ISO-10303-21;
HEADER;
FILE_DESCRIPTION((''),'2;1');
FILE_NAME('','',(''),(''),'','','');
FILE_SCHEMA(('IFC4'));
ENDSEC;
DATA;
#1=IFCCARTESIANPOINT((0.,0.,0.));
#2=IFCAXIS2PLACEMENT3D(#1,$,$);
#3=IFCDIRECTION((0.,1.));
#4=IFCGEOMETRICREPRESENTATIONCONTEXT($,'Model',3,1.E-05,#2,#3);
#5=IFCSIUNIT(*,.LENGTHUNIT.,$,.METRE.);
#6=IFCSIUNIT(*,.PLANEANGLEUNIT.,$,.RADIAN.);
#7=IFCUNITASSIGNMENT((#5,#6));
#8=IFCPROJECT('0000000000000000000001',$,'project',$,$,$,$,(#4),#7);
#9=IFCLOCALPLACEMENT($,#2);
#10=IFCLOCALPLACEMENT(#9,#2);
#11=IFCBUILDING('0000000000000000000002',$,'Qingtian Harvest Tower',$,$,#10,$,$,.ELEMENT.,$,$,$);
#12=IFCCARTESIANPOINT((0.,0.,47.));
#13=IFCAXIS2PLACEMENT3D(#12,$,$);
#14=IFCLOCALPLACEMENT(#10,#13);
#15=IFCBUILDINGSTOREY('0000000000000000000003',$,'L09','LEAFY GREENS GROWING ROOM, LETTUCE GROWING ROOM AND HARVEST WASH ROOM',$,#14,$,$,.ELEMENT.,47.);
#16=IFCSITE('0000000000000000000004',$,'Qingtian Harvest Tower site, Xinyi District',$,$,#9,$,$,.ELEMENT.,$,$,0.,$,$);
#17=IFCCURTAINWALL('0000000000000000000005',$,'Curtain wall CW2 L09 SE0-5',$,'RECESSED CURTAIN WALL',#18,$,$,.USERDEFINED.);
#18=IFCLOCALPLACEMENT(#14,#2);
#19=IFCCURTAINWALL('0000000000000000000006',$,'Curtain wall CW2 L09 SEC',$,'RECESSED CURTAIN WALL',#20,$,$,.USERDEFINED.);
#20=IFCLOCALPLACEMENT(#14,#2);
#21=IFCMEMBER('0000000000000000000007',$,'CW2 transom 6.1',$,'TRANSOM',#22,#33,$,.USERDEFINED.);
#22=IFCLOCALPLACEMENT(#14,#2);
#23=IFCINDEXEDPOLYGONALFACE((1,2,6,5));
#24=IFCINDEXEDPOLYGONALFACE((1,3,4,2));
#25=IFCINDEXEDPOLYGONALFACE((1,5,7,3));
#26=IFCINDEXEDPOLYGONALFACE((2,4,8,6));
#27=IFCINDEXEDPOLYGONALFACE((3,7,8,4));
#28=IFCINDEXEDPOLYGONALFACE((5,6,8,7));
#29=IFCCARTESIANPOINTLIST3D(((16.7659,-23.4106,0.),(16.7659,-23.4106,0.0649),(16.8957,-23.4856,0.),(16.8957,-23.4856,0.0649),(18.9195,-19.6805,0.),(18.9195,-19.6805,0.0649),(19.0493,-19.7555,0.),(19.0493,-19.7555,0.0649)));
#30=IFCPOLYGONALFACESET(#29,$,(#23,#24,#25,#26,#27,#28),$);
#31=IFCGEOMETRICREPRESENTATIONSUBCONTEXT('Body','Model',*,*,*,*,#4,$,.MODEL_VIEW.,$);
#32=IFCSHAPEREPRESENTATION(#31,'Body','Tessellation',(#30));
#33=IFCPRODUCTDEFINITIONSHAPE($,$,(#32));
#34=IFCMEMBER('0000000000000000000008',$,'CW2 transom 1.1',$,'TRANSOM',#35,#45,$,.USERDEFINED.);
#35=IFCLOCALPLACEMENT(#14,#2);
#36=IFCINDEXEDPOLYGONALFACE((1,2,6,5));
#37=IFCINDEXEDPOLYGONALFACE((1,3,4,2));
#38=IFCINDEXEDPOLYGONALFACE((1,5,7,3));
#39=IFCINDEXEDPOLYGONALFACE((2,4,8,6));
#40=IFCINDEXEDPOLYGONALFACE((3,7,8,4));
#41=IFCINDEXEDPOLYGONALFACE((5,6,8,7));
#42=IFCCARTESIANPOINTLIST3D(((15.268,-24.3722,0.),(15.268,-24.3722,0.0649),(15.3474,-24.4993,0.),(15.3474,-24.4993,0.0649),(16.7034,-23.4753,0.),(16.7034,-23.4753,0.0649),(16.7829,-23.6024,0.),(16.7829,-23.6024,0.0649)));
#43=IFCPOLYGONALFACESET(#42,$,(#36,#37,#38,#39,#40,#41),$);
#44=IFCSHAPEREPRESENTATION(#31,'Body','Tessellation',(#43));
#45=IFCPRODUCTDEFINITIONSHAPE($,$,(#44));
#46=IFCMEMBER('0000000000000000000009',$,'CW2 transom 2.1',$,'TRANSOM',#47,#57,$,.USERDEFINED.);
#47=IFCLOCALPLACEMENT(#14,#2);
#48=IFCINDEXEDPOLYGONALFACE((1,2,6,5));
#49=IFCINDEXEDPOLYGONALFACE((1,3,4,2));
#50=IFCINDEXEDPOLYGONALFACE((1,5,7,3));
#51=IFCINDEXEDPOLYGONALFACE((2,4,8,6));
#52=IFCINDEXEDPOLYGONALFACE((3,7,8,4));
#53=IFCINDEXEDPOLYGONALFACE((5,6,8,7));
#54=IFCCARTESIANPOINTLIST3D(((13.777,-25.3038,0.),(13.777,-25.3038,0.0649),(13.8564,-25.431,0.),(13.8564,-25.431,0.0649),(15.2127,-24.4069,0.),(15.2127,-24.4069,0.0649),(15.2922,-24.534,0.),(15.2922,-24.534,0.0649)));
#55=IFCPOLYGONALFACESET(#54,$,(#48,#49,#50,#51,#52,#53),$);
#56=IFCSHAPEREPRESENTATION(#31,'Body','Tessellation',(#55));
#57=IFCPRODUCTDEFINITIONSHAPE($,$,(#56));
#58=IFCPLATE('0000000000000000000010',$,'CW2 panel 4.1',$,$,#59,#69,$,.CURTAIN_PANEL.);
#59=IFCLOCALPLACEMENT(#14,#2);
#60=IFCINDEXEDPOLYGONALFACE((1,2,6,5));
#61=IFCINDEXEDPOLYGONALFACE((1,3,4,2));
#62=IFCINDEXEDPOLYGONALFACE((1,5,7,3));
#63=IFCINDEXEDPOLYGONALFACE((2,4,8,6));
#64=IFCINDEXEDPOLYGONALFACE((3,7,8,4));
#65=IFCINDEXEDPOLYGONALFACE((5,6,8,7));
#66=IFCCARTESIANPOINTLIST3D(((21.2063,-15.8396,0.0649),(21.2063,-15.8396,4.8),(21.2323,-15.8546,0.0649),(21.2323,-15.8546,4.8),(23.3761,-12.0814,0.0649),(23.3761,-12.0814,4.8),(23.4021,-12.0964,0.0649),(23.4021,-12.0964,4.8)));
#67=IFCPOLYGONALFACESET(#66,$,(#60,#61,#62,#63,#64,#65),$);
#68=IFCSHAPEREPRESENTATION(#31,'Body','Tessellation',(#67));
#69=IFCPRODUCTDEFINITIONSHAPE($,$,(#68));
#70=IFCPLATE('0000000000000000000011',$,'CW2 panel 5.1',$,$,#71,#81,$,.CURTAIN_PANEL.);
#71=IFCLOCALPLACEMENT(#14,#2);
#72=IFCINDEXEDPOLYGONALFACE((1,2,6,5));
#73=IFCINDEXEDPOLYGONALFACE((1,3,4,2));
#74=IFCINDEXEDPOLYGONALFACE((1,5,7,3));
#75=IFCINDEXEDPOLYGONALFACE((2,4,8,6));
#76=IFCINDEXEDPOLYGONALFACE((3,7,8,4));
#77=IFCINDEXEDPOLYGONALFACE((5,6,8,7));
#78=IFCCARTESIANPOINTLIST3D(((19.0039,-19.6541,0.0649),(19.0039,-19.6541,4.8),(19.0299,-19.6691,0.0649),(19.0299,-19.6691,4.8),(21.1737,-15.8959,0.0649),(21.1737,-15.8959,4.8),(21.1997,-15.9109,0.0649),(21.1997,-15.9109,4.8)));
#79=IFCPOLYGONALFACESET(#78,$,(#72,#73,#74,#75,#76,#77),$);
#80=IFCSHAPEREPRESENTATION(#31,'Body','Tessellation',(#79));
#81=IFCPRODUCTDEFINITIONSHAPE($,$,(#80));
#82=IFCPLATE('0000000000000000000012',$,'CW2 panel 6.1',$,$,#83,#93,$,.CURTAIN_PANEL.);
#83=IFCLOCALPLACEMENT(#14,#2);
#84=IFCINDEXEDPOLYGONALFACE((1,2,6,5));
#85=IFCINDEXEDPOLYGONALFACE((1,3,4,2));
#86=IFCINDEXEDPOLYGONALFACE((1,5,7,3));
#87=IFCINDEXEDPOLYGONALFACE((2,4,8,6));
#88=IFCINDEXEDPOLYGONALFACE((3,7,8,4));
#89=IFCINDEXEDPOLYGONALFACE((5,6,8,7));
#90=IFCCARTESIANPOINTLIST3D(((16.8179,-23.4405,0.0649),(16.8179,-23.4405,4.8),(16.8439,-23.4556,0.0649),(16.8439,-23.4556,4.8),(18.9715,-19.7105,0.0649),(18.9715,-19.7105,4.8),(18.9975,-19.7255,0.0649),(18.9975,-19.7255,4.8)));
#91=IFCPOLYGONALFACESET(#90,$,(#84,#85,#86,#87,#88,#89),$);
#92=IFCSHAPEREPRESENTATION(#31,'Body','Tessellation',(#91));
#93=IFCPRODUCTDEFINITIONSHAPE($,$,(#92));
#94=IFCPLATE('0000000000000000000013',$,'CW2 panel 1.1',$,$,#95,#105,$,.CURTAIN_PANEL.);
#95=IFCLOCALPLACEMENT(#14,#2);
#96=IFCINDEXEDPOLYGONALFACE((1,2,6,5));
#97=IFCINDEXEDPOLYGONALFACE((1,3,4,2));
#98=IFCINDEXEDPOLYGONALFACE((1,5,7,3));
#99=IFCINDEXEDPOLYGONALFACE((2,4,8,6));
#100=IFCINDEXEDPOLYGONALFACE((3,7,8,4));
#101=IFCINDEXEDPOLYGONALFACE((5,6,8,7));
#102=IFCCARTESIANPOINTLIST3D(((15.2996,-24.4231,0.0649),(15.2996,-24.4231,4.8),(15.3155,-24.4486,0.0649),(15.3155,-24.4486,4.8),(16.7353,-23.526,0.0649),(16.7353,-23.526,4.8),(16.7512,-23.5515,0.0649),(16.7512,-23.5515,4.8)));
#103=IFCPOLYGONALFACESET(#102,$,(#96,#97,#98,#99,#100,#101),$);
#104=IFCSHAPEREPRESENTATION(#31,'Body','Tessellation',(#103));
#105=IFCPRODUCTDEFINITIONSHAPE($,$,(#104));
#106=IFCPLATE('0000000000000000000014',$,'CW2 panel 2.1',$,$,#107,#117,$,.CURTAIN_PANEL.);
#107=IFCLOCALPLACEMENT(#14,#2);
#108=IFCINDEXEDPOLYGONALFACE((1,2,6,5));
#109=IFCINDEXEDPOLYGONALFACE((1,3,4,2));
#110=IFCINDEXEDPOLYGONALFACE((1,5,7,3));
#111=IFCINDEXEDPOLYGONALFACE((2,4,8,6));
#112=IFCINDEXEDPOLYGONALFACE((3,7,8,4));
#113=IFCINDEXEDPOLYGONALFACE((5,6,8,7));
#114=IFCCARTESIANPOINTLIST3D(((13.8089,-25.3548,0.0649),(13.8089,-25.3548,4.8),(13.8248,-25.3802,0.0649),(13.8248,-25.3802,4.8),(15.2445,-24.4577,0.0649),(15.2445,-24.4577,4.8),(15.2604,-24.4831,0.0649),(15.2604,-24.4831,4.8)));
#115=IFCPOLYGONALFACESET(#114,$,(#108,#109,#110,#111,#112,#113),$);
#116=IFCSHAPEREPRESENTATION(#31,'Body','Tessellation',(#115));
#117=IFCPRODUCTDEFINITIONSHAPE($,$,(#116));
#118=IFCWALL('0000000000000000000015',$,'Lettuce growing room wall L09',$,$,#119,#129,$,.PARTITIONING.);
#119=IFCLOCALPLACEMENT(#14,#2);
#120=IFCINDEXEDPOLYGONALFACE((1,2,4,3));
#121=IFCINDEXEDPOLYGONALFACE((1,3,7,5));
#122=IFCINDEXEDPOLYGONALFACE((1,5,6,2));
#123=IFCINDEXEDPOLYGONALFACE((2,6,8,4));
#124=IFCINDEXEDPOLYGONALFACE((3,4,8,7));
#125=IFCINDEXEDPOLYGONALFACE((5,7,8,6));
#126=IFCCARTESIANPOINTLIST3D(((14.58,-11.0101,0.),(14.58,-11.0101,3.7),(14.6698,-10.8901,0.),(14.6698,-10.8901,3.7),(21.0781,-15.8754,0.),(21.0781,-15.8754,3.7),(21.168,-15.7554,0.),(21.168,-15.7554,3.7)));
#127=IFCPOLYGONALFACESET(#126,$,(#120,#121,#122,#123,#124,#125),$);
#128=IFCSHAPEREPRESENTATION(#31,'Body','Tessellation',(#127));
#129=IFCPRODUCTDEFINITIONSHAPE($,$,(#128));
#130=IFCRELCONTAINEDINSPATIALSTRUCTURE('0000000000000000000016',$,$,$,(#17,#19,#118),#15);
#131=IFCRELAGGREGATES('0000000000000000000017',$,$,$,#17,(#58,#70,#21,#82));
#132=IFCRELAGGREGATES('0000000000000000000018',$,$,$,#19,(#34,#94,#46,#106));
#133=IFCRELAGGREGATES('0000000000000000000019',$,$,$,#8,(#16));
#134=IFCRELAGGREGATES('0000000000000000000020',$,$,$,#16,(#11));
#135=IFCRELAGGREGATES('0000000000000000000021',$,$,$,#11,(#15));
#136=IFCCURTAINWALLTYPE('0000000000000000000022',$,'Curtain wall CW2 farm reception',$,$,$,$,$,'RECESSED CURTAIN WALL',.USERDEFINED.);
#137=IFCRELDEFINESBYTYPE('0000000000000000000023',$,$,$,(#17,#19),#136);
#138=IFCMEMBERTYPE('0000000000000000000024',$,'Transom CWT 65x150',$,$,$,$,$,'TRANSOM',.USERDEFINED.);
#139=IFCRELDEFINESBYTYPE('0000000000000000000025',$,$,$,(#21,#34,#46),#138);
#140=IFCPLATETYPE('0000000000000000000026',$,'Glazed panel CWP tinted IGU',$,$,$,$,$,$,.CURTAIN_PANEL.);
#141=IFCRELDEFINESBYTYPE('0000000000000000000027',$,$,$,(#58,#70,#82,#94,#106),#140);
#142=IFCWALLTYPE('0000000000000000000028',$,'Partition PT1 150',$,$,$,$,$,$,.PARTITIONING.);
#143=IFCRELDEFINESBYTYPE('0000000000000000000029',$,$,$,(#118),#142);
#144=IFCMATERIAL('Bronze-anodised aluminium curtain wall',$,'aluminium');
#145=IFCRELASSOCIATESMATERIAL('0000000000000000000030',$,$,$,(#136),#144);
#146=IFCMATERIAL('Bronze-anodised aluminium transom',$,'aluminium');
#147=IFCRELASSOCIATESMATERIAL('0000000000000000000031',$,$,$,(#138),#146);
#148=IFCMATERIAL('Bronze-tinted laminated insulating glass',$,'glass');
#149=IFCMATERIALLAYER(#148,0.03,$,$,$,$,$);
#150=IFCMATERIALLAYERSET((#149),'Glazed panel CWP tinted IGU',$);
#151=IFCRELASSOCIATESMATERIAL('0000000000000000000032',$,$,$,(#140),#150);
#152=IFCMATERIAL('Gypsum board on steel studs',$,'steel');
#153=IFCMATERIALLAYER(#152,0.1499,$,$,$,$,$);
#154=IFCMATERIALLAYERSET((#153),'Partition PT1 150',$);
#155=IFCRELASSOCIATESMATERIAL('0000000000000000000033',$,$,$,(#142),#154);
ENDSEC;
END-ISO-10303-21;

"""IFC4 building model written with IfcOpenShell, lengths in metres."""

from ifc_helpers import new_model, si_unit, direction, frame, frame_2d, origin, origin_2d, place, context, subcontext, project, spatial, rectangle, extrude, material, layer, layer_set, material_profile, profile_set, type_object, element, aggregate, save


model = new_model("IFC4")

# Units and contexts
model_context = context("Model", 3, precision=1e-05, world=origin(), true_north=direction((0.0, 1.0)))
body_context = subcontext(model_context, "Body", "Model", "MODEL_VIEW")
ifc_project = project(units=[si_unit("LENGTHUNIT", "METRE"), si_unit("PLANEANGLEUNIT", "RADIAN")], contexts=[model_context])

# Site, building, storey
site_placement = place(None, origin())
site = spatial("IfcSite", under=ifc_project, at=site_placement, Name="Qingtian Harvest Tower site, Xinyi District", CompositionType="ELEMENT", RefElevation=0.0)
building_placement = place(site_placement, origin())
building = spatial("IfcBuilding", under=site, at=building_placement, Name="Qingtian Harvest Tower", CompositionType="ELEMENT")
storey_placement = place(building_placement, frame((0.0, 0.0, 47.0)))
storey = spatial("IfcBuildingStorey", under=building, at=storey_placement, Name="L09", Description="LEAFY GREENS GROWING ROOM, LETTUCE GROWING ROOM AND HARVEST WASH ROOM", CompositionType="ELEMENT", Elevation=47.0)

# Curtain walls
ifc_material_1 = material(Name="Bronze-anodised aluminium curtain wall", Category="aluminium")
curtain_wall_type = type_object("IfcCurtainWallType", Name="Curtain wall CW2 farm reception", ElementType="RECESSED CURTAIN WALL", PredefinedType="USERDEFINED", material=ifc_material_1)
curtain_wall_1_placement = place(storey_placement, origin())
curtain_wall_1 = element("IfcCurtainWall", 1, at=curtain_wall_1_placement, inside=storey, type_object=curtain_wall_type, Name="Curtain wall CW2 L09 SE0-5", ObjectType="RECESSED CURTAIN WALL", PredefinedType="USERDEFINED")
curtain_wall_2_placement = place(storey_placement, origin())
curtain_wall_2 = element("IfcCurtainWall", 2, at=curtain_wall_2_placement, inside=storey, type_object=curtain_wall_type, Name="Curtain wall CW2 L09 SEC", ObjectType="RECESSED CURTAIN WALL", PredefinedType="USERDEFINED")

# Members
ifc_material_2 = material(Name="Bronze-anodised aluminium transom", Category="aluminium")
ifc_material_profile_1 = material_profile(ifc_material_2, rectangle(XDim=0.1499, YDim=0.0649, at=origin_2d()), Name="AL 65x150")
ifc_profile_set_1 = profile_set([ifc_material_profile_1], Name="Bronze-anodised aluminium transom")
member_type_1 = type_object("IfcMemberType", Name="Transom CWT 65x150", ElementType="TRANSOM", PredefinedType="USERDEFINED", material=ifc_profile_set_1)
member_1_placement = place(storey_placement, frame((18.9844, -19.718, 0.0325), z_axis=(-0.50001, -0.866019, 0.0), x_axis=(0.866019, -0.50001, 0.0)))
member_1 = element("IfcMember", 3, at=member_1_placement, type_object=member_type_1, Name="CW2 transom 6.1", ObjectType="TRANSOM", PredefinedType="USERDEFINED", context=body_context, shape_type="SweptSolid", body=[
    extrude(rectangle(XDim=0.1499, YDim=0.0649, at=origin_2d()), origin(), (0.0, 0.0, 1.0), 4.3071),
])
member_2_placement = place(storey_placement, frame((16.7432, -23.5388, 0.0325), z_axis=(-0.848063, -0.529895, 0.0), x_axis=(0.529895, -0.848063, 0.0)))
member_2 = element("IfcMember", 4, at=member_2_placement, type_object=member_type_1, Name="CW2 transom 1.1", ObjectType="TRANSOM", PredefinedType="USERDEFINED", context=body_context, shape_type="SweptSolid", body=[
    extrude(rectangle(XDim=0.1499, YDim=0.0649, at=origin_2d()), origin(), (0.0, 0.0, 1.0), 1.6926),
])
member_3_placement = place(storey_placement, frame((15.2524, -24.4705, 0.0325), z_axis=(-0.848104, -0.52983, 0.0), x_axis=(0.52983, -0.848104, 0.0)))
member_3 = element("IfcMember", 5, at=member_3_placement, type_object=member_type_1, Name="CW2 transom 2.1", ObjectType="TRANSOM", PredefinedType="USERDEFINED", context=body_context, shape_type="SweptSolid", body=[
    extrude(rectangle(XDim=0.1499, YDim=0.0649, at=origin_2d()), origin(), (0.0, 0.0, 1.0), 1.6929),
])

# Plates
ifc_material_3 = material(Name="Bronze-tinted laminated insulating glass", Category="glass")
ifc_layer_1 = layer(ifc_material_3, 0.03)
ifc_layer_set_1 = layer_set([ifc_layer_1], Name="Glazed panel CWP tinted IGU")
plate_type = type_object("IfcPlateType", Name="Glazed panel CWP tinted IGU", PredefinedType="CURTAIN_PANEL", material=ifc_layer_set_1)
plate_1_placement = place(storey_placement, frame((22.3042, -13.968, 0.0649), z_axis=(0.0, 0.0, 1.0), x_axis=(-0.5, -0.866025, 0.0)))
plate_1 = element("IfcPlate", 6, at=plate_1_placement, type_object=plate_type, Name="CW2 panel 4.1", PredefinedType="CURTAIN_PANEL", context=body_context, shape_type="SweptSolid", body=[
    extrude(rectangle(XDim=4.3396, YDim=0.03, at=origin_2d()), origin(), (0.0, 0.0, 1.0), 4.7351),
])
plate_2_placement = place(storey_placement, frame((20.1018, -17.7825, 0.0649), z_axis=(0.0, 0.0, 1.0), x_axis=(-0.5, -0.866025, 0.0)))
plate_2 = element("IfcPlate", 7, at=plate_2_placement, type_object=plate_type, Name="CW2 panel 5.1", PredefinedType="CURTAIN_PANEL", context=body_context, shape_type="SweptSolid", body=[
    extrude(rectangle(XDim=4.3396, YDim=0.03, at=origin_2d()), origin(), (0.0, 0.0, 1.0), 4.7351),
])
plate_3_placement = place(storey_placement, frame((17.9077, -21.583, 0.0649), z_axis=(0.0, 0.0, 1.0), x_axis=(-0.5, -0.866025, 0.0)))
plate_3 = element("IfcPlate", 8, at=plate_3_placement, type_object=plate_type, Name="CW2 panel 6.1", PredefinedType="CURTAIN_PANEL", context=body_context, shape_type="SweptSolid", body=[
    extrude(rectangle(XDim=4.3071, YDim=0.03, at=origin_2d()), origin(), (0.0, 0.0, 1.0), 4.7351),
])
aggregate(curtain_wall_1, [plate_1, plate_2, member_1, plate_3])
plate_4_placement = place(storey_placement, frame((16.0254, -23.9873, 0.0649), z_axis=(0.0, 0.0, 1.0), x_axis=(-0.848048, -0.529919, 0.0)))
plate_4 = element("IfcPlate", 9, at=plate_4_placement, type_object=plate_type, Name="CW2 panel 1.1", PredefinedType="CURTAIN_PANEL", context=body_context, shape_type="SweptSolid", body=[
    extrude(rectangle(XDim=1.6929, YDim=0.03, at=origin_2d()), origin(), (0.0, 0.0, 1.0), 4.7351),
])
plate_5_placement = place(storey_placement, frame((14.5347, -24.9189, 0.0649), z_axis=(0.0, 0.0, 1.0), x_axis=(-0.848048, -0.529919, 0.0)))
plate_5 = element("IfcPlate", 10, at=plate_5_placement, type_object=plate_type, Name="CW2 panel 2.1", PredefinedType="CURTAIN_PANEL", context=body_context, shape_type="SweptSolid", body=[
    extrude(rectangle(XDim=1.6929, YDim=0.03, at=origin_2d()), origin(), (0.0, 0.0, 1.0), 4.7351),
])
aggregate(curtain_wall_2, [member_2, plate_4, member_3, plate_5])

# Wall
ifc_material_4 = material(Name="Gypsum board on steel studs", Category="steel")
ifc_layer_2 = layer(ifc_material_4, 0.1499)
ifc_layer_set_2 = layer_set([ifc_layer_2], Name="Partition PT1 150")
wall_type = type_object("IfcWallType", Name="Partition PT1 150", PredefinedType="PARTITIONING", material=ifc_layer_set_2)
wall_placement = place(storey_placement, frame((21.123, -15.8154, 0.0), z_axis=(0.0, 0.0, 1.0), x_axis=(-0.800491, 0.599345, 0.0)))
element("IfcWall", 11, at=wall_placement, inside=storey, type_object=wall_type, Name="Lettuce growing room wall L09", PredefinedType="PARTITIONING", context=body_context, shape_type="SweptSolid", body=[
    extrude(rectangle(XDim=8.1177, YDim=0.1499, at=frame_2d((4.0588, 0.0))), origin(), (0.0, 0.0, 1.0), 3.7),
])

save(model, "model.ifc")
